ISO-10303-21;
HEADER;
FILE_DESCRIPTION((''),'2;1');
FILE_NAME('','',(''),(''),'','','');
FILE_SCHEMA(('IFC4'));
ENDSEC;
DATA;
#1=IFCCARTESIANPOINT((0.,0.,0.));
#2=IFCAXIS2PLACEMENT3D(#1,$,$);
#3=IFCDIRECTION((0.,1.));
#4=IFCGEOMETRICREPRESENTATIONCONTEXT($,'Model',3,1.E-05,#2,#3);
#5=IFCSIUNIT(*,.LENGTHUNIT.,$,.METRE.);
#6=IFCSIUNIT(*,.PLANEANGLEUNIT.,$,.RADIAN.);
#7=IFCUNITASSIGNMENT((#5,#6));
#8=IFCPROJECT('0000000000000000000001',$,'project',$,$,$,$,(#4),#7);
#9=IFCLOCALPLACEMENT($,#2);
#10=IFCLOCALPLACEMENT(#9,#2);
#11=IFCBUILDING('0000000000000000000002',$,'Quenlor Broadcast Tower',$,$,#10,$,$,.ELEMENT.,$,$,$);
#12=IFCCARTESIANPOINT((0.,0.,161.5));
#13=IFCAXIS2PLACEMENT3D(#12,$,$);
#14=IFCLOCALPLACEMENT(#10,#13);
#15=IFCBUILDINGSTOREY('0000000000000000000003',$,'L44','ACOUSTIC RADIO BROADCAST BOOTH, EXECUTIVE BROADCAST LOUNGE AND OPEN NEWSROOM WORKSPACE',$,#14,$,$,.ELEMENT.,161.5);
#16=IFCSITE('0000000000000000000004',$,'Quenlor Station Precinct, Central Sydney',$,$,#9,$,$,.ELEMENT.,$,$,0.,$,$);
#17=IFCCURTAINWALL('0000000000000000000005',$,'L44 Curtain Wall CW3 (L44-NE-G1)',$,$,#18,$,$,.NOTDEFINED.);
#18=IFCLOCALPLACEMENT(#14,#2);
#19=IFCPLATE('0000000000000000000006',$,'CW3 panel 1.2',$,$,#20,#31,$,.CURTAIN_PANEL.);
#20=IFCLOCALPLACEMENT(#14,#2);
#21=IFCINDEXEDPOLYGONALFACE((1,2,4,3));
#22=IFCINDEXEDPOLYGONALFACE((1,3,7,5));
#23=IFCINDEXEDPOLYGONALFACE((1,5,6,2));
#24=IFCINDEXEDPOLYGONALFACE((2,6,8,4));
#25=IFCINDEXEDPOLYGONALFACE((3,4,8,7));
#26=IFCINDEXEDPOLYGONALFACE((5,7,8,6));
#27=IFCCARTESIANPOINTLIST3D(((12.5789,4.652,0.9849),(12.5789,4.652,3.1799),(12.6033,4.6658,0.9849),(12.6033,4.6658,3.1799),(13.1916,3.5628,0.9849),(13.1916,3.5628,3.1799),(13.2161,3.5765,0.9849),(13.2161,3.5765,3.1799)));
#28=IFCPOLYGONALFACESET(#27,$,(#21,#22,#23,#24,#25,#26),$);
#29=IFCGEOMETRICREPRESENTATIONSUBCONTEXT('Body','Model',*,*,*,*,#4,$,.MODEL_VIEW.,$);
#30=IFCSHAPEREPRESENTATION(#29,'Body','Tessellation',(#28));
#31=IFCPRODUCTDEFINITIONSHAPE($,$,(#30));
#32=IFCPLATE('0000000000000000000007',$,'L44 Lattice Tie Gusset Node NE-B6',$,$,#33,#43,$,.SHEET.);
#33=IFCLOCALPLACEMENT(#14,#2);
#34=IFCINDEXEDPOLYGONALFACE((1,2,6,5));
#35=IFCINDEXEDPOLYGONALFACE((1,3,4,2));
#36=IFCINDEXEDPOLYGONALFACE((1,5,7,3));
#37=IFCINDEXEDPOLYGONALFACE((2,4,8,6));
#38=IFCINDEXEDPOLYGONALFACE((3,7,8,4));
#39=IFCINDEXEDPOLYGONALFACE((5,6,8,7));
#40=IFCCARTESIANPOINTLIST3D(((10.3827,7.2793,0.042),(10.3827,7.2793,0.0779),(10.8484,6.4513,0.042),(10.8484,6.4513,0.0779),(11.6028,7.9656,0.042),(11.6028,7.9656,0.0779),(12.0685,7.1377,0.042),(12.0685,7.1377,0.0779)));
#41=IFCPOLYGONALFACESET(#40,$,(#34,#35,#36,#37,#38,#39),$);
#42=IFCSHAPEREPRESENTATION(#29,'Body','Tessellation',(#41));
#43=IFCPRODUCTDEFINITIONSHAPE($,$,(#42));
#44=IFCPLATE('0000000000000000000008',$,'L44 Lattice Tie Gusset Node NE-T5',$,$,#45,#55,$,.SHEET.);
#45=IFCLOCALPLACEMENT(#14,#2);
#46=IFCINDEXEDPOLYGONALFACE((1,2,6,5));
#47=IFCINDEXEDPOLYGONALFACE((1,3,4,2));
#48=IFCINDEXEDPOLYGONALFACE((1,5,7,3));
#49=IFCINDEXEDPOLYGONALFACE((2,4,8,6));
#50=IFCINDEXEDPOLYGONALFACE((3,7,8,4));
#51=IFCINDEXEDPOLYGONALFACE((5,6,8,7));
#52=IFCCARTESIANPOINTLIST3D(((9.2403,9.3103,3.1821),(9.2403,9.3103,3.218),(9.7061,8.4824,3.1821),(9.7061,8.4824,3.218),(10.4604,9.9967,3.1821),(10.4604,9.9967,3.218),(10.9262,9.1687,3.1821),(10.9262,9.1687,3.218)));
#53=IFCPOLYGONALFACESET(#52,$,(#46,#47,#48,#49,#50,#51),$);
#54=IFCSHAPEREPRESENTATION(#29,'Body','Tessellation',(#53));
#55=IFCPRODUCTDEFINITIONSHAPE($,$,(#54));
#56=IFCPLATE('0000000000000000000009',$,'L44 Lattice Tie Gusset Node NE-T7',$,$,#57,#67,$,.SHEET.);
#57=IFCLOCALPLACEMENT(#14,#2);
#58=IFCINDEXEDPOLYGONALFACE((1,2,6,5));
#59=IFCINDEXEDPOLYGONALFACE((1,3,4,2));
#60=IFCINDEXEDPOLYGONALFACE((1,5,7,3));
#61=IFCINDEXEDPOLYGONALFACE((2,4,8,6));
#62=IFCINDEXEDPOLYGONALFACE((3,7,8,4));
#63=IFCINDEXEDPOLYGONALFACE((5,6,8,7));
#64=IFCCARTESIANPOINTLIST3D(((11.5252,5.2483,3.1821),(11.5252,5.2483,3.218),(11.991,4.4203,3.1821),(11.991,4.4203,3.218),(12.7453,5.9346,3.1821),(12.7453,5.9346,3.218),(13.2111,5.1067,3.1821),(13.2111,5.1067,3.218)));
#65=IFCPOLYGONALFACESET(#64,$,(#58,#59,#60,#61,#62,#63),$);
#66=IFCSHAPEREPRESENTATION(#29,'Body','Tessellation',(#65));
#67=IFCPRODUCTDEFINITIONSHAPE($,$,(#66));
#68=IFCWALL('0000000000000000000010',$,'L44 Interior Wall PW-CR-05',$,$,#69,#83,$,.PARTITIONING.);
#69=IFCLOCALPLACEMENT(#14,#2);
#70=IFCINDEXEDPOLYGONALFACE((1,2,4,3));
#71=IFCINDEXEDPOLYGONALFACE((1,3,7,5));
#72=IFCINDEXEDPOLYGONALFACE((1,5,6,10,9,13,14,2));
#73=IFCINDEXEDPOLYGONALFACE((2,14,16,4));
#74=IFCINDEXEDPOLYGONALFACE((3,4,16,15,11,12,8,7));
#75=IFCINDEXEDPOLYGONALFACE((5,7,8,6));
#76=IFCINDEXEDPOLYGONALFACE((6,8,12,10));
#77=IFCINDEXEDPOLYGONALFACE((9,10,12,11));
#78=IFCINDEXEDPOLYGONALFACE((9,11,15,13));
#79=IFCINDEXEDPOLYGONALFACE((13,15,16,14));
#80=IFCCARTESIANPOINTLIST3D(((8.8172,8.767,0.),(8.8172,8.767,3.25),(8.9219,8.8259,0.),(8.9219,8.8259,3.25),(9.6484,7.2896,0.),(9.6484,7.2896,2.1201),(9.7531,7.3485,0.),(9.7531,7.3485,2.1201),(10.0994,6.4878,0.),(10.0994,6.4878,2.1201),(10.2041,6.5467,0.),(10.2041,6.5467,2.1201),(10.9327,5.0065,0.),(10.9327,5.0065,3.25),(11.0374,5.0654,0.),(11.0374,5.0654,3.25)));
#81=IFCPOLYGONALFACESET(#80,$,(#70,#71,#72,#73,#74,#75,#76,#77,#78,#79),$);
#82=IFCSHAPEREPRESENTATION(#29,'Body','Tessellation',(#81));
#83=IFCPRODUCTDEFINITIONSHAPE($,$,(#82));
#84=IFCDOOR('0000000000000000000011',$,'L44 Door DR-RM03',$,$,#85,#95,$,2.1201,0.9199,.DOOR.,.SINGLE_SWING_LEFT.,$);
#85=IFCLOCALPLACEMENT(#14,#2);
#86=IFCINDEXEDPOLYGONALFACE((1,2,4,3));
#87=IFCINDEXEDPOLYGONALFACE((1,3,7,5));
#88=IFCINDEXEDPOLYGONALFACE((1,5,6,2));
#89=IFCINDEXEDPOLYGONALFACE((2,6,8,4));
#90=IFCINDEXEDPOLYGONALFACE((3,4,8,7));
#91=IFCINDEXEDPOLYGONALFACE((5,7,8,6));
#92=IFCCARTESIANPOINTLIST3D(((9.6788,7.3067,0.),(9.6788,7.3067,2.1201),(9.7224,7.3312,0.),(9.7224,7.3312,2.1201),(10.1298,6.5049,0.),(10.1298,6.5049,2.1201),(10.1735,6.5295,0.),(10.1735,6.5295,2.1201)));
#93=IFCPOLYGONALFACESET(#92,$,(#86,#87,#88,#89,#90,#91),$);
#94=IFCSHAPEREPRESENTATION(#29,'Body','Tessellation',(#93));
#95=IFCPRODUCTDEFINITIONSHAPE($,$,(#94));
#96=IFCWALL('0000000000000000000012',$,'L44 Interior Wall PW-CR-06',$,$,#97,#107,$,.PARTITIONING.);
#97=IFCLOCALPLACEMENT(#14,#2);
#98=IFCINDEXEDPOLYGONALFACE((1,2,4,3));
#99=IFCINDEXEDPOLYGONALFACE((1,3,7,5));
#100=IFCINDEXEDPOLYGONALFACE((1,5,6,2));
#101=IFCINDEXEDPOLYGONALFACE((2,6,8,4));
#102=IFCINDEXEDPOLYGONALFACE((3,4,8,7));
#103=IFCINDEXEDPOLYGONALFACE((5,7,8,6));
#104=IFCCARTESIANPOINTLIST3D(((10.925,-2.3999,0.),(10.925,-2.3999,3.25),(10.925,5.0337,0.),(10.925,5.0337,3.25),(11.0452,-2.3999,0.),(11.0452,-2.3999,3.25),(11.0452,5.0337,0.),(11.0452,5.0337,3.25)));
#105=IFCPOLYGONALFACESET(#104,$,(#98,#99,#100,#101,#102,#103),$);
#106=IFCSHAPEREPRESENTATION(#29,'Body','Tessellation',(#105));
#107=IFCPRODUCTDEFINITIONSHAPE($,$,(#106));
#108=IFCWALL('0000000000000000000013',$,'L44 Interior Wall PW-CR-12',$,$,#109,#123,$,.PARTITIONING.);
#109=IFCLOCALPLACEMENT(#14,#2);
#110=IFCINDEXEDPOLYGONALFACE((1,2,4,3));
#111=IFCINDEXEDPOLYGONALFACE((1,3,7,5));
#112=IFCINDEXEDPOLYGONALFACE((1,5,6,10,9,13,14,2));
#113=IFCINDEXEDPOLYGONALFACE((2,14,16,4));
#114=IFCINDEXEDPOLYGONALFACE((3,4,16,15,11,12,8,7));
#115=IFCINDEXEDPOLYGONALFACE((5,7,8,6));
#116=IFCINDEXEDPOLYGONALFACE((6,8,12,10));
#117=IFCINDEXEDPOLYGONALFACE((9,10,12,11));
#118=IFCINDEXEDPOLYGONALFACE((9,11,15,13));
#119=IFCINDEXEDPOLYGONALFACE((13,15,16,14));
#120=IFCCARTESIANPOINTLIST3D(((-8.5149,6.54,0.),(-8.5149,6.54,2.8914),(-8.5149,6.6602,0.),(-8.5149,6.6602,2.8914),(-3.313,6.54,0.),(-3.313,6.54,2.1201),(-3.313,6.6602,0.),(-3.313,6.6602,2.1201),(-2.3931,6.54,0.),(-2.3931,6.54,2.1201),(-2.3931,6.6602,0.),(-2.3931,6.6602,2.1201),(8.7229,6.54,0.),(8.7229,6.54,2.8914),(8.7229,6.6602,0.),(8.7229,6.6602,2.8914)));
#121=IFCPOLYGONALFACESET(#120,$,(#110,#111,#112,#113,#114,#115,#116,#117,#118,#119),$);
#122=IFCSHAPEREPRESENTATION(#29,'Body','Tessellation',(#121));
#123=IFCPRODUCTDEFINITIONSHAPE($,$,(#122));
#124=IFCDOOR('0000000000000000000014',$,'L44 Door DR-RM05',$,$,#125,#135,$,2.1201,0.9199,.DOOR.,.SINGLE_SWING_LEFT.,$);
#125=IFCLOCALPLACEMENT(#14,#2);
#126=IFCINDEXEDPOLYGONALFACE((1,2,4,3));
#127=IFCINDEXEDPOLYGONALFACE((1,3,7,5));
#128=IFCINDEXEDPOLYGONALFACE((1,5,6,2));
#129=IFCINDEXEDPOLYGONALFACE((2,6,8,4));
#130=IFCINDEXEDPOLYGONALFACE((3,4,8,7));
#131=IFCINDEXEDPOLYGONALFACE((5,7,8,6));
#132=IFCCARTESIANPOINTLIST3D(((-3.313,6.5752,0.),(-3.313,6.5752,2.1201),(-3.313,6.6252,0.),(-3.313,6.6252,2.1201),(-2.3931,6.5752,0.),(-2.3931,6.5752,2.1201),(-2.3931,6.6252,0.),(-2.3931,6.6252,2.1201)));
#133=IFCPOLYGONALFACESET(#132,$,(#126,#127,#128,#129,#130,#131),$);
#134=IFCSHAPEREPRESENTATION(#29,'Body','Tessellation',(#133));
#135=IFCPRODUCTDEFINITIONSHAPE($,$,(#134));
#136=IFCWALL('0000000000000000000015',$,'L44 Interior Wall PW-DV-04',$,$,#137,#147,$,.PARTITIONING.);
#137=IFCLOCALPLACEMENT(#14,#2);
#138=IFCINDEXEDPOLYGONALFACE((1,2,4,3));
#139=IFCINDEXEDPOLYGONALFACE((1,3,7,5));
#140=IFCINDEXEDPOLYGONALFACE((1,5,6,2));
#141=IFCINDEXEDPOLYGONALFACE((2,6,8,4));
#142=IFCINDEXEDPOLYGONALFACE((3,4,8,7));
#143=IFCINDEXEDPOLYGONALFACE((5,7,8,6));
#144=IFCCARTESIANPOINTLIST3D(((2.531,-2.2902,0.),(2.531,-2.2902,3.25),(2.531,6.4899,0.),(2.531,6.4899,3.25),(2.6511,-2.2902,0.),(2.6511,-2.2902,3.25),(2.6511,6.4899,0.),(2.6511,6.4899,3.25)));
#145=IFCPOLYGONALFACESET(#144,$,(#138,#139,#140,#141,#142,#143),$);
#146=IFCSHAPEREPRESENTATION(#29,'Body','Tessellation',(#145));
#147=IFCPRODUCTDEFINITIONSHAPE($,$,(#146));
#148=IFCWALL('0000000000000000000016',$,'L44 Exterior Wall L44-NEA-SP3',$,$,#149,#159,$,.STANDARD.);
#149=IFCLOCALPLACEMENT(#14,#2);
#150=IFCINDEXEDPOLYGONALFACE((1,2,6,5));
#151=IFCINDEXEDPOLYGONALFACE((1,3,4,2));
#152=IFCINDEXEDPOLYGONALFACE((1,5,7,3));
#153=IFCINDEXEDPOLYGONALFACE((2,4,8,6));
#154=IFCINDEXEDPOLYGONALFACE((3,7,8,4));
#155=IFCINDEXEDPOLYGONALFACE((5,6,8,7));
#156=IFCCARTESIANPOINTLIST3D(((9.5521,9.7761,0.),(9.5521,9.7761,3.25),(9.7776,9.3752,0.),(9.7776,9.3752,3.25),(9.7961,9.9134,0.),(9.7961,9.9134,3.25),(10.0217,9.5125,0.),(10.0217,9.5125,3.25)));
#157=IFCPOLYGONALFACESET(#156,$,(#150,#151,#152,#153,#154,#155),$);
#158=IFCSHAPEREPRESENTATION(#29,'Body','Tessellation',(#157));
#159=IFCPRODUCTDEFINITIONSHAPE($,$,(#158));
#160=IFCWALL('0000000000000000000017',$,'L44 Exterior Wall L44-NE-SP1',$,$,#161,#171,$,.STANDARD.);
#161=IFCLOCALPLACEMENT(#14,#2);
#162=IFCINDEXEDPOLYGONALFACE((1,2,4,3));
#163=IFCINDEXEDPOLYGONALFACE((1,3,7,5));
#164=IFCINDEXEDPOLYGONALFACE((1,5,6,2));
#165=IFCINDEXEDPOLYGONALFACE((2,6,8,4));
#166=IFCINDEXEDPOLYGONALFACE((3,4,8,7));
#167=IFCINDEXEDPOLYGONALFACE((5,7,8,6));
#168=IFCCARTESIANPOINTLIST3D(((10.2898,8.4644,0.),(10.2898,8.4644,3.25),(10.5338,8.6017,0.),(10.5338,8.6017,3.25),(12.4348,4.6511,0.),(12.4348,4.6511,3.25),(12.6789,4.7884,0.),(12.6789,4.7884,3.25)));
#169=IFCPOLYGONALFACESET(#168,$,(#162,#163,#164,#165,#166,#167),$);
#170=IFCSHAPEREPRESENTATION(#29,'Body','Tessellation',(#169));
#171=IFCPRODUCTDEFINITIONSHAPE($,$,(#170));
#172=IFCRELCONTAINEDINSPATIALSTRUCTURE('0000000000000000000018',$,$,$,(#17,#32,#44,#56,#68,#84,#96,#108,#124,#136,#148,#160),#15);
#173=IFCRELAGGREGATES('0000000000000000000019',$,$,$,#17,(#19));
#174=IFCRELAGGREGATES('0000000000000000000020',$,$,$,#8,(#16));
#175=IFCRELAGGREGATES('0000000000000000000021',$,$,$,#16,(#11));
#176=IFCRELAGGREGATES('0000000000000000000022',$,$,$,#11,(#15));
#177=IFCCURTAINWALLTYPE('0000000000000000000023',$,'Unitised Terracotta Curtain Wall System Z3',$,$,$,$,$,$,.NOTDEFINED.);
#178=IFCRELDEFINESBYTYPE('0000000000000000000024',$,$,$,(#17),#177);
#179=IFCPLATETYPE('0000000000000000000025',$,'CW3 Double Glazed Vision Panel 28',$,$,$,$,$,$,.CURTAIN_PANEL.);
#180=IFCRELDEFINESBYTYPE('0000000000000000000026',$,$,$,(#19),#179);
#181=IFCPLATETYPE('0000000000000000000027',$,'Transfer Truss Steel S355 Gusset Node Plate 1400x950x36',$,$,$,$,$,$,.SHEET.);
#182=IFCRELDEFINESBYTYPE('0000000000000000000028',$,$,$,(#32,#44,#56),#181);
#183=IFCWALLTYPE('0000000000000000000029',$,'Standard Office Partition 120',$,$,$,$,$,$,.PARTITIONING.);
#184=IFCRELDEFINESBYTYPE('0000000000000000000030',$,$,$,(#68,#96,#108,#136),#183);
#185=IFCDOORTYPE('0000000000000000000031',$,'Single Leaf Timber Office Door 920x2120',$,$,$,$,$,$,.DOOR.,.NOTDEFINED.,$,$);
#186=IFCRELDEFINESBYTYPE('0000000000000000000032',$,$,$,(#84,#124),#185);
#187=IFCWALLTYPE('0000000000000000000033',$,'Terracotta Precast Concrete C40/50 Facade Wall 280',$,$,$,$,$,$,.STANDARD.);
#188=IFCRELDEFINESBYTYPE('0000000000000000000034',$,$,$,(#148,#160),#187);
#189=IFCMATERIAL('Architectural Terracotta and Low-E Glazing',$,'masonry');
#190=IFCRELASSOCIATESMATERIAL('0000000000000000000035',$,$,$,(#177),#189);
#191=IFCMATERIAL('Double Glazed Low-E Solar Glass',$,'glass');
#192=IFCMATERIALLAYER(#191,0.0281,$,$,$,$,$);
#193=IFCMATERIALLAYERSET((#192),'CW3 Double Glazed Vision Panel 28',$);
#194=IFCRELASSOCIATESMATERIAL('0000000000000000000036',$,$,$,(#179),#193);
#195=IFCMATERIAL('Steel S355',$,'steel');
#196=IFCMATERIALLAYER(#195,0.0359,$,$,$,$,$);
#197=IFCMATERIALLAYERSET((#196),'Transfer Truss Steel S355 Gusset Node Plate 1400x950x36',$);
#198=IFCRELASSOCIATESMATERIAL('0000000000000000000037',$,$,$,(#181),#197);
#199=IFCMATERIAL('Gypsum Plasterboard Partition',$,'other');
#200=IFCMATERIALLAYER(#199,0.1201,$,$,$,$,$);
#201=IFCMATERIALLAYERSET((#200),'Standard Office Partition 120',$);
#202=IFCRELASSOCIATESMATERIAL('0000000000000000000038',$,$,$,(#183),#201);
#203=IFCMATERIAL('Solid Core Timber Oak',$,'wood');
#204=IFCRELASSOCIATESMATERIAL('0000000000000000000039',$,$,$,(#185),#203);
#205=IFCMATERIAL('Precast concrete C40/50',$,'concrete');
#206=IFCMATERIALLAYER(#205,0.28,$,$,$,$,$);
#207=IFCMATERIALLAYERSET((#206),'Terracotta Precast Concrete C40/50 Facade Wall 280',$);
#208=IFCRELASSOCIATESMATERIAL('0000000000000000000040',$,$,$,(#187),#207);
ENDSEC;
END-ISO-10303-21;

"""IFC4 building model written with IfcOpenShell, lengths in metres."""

from ifc_helpers import new_model, si_unit, direction, frame, frame_2d, origin, origin_2d, place, context, subcontext, project, spatial, rectangle, extrude, material, layer, layer_set, type_object, element, fill, aggregate, save


model = new_model("IFC4")

# Units and contexts
model_context = context("Model", 3, precision=1e-05, world=origin(), true_north=direction((0.0, 1.0)))
body_context = subcontext(model_context, "Body", "Model", "MODEL_VIEW")
ifc_project = project(units=[si_unit("LENGTHUNIT", "METRE"), si_unit("PLANEANGLEUNIT", "RADIAN")], contexts=[model_context])

# Site, building, storey
site_placement = place(None, origin())
site = spatial("IfcSite", under=ifc_project, at=site_placement, Name="Quenlor Station Precinct, Central Sydney", CompositionType="ELEMENT", RefElevation=0.0)
building_placement = place(site_placement, origin())
building = spatial("IfcBuilding", under=site, at=building_placement, Name="Quenlor Broadcast Tower", CompositionType="ELEMENT")
storey_placement = place(building_placement, frame((0.0, 0.0, 161.5)))
storey = spatial("IfcBuildingStorey", under=building, at=storey_placement, Name="L44", Description="ACOUSTIC RADIO BROADCAST BOOTH, EXECUTIVE BROADCAST LOUNGE AND OPEN NEWSROOM WORKSPACE", CompositionType="ELEMENT", Elevation=161.5)

# Shared definitions
ifc_material_1 = material(Name="Architectural Terracotta and Low-E Glazing", Category="masonry")
curtain_wall_type = type_object("IfcCurtainWallType", Name="Unitised Terracotta Curtain Wall System Z3", PredefinedType="NOTDEFINED", material=ifc_material_1)

# Curtain wall
curtain_wall_1_placement = place(storey_placement, origin())
curtain_wall_1 = element("IfcCurtainWall", 1, at=curtain_wall_1_placement, inside=storey, type_object=curtain_wall_type, Name="L44 Curtain Wall CW3 (L44-NE-G1)", PredefinedType="NOTDEFINED")

# Plate
ifc_material_2 = material(Name="Double Glazed Low-E Solar Glass", Category="glass")
ifc_layer_1 = layer(ifc_material_2, 0.0281)
ifc_layer_set_1 = layer_set([ifc_layer_1], Name="CW3 Double Glazed Vision Panel 28")
plate_type_1 = type_object("IfcPlateType", Name="CW3 Double Glazed Vision Panel 28", PredefinedType="CURTAIN_PANEL", material=ifc_layer_set_1)
plate_1_placement = place(storey_placement, frame((12.8975, 4.1143, 0.9849), z_axis=(0.0, 0.0, 1.0), x_axis=(0.490285, -0.871562, 0.0)))
plate_1 = element("IfcPlate", 2, at=plate_1_placement, type_object=plate_type_1, Name="CW3 panel 1.2", PredefinedType="CURTAIN_PANEL", context=body_context, shape_type="SweptSolid", body=[
    extrude(rectangle(XDim=1.2498, YDim=0.0281, at=origin_2d()), origin(), (0.0, 0.0, 1.0), 2.1951),
])
aggregate(curtain_wall_1, [plate_1])

# Plates
ifc_material_3 = material(Name="Steel S355", Category="steel")
ifc_layer_2 = layer(ifc_material_3, 0.0359)
ifc_layer_set_2 = layer_set([ifc_layer_2], Name="Transfer Truss Steel S355 Gusset Node Plate 1400x950x36")
plate_type_2 = type_object("IfcPlateType", Name="Transfer Truss Steel S355 Gusset Node Plate 1400x950x36", PredefinedType="SHEET", material=ifc_layer_set_2)
for number, where, z_axis, x_axis, name in (
    (3, (11.2256, 7.2085, 0.042), (0.0, 0.0, 1.0), (0.871556, 0.490295, 0.0), "L44 Lattice Tie Gusset Node NE-B6"),
    (4, (10.0833, 9.2395, 3.1821), (0.0, 0.0, 1.0), (0.871556, 0.490295, 0.0), "L44 Lattice Tie Gusset Node NE-T5"),
    (5, (12.3682, 5.1775, 3.1821), (0.0, 0.0, 1.0), (0.871556, 0.490295, 0.0), "L44 Lattice Tie Gusset Node NE-T7"),
):
    element("IfcPlate", number, at=place(storey_placement, frame(where, z_axis=z_axis, x_axis=x_axis)), inside=storey, type_object=plate_type_2, Name=name, PredefinedType="SHEET", context=body_context, shape_type="SweptSolid", body=[
        extrude(rectangle(XDim=1.3999, YDim=0.95, at=origin_2d()), origin(), (0.0, 0.0, 1.0), 0.0359),
    ])

# Wall, opening, door
ifc_material_4 = material(Name="Gypsum Plasterboard Partition", Category="other")
ifc_layer_3 = layer(ifc_material_4, 0.1201)
ifc_layer_set_3 = layer_set([ifc_layer_3], Name="Standard Office Partition 120")
wall_type_1 = type_object("IfcWallType", Name="Standard Office Partition 120", PredefinedType="PARTITIONING", material=ifc_layer_set_3)
wall_1_placement = place(storey_placement, frame((8.8696, 8.7964, 0.0), z_axis=(0.0, 0.0, 1.0), x_axis=(0.490296, -0.871556, 0.0)))
wall_1 = element("IfcWall", 6, at=wall_1_placement, inside=storey, type_object=wall_type_1, Name="L44 Interior Wall PW-CR-05", PredefinedType="PARTITIONING", context=body_context, shape_type="SweptSolid", body=[
    extrude(rectangle(XDim=4.3147, YDim=0.1201, at=frame_2d((2.1572, 0.0))), origin(), (0.0, 0.0, 1.0), 3.25),
])
opening_1_placement = place(wall_1_placement, frame((1.6951, 0.0, 0.0)))
opening_1 = element("IfcOpeningElement", 7, at=opening_1_placement, cuts=wall_1, PredefinedType="OPENING", context=body_context, shape_type="SweptSolid", body=[
    extrude(rectangle(XDim=0.9199, YDim=2.1201, at=frame_2d((0.46, 1.0601))), frame((0.0, 0.0701, 0.0), z_axis=(0.0, -1.0, 0.0), x_axis=(1.0, 0.0, 0.0)), (0.0, 0.0, 1.0), 0.1401),
])
ifc_material_5 = material(Name="Solid Core Timber Oak", Category="wood")
door_type = type_object("IfcDoorType", Name="Single Leaf Timber Office Door 920x2120", OperationType="NOTDEFINED", PredefinedType="DOOR", material=ifc_material_5)
door_1_placement = place(opening_1_placement, origin())
door_1 = element("IfcDoor", 8, at=door_1_placement, inside=storey, type_object=door_type, Name="L44 Door DR-RM03", OperationType="SINGLE_SWING_LEFT", OverallHeight=2.1201, OverallWidth=0.9199, PredefinedType="DOOR", context=body_context, shape_type="SweptSolid", body=[
    extrude(rectangle(XDim=0.9199, YDim=2.1201, at=frame_2d((0.46, 1.0601))), frame((0.0, 0.0249, 0.0), z_axis=(0.0, -1.0, 0.0), x_axis=(1.0, 0.0, 0.0)), (0.0, 0.0, 1.0), 0.05),
])
fill(opening_1, door_1)

# Wall
wall_2_placement = place(storey_placement, frame((10.9851, 5.0337, 0.0), z_axis=(0.0, 0.0, 1.0), x_axis=(0.0, -1.0, 0.0)))
element("IfcWall", 9, at=wall_2_placement, inside=storey, type_object=wall_type_1, Name="L44 Interior Wall PW-CR-06", PredefinedType="PARTITIONING", context=body_context, shape_type="SweptSolid", body=[
    extrude(rectangle(XDim=7.4336, YDim=0.1201, at=frame_2d((3.7168, 0.0))), origin(), (0.0, 0.0, 1.0), 3.25),
])

# Wall, opening, door
wall_3_placement = place(storey_placement, frame((8.7229, 6.6001, 0.0), z_axis=(0.0, 0.0, 1.0), x_axis=(-1.0, 0.0, 0.0)))
wall_3 = element("IfcWall", 10, at=wall_3_placement, inside=storey, type_object=wall_type_1, Name="L44 Interior Wall PW-CR-12", PredefinedType="PARTITIONING", context=body_context, shape_type="SweptSolid", body=[
    extrude(rectangle(XDim=17.2378, YDim=0.1201, at=frame_2d((8.6189, 0.0))), origin(), (0.0, 0.0, 1.0), 2.8914),
])
opening_2_placement = place(wall_3_placement, frame((11.116, 0.0, 0.0)))
opening_2 = element("IfcOpeningElement", 11, at=opening_2_placement, cuts=wall_3, PredefinedType="OPENING", context=body_context, shape_type="SweptSolid", body=[
    extrude(rectangle(XDim=0.9199, YDim=2.1201, at=frame_2d((0.46, 1.0601))), frame((0.0, 0.0701, 0.0), z_axis=(0.0, -1.0, 0.0), x_axis=(1.0, 0.0, 0.0)), (0.0, 0.0, 1.0), 0.1401),
])
door_2_placement = place(opening_2_placement, origin())
door_2 = element("IfcDoor", 12, at=door_2_placement, inside=storey, type_object=door_type, Name="L44 Door DR-RM05", OperationType="SINGLE_SWING_LEFT", OverallHeight=2.1201, OverallWidth=0.9199, PredefinedType="DOOR", context=body_context, shape_type="SweptSolid", body=[
    extrude(rectangle(XDim=0.9199, YDim=2.1201, at=frame_2d((0.46, 1.0601))), frame((0.0, 0.0249, 0.0), z_axis=(0.0, -1.0, 0.0), x_axis=(1.0, 0.0, 0.0)), (0.0, 0.0, 1.0), 0.05),
])
fill(opening_2, door_2)

# Walls
wall_4_placement = place(storey_placement, frame((2.5911, 6.49, 0.0), z_axis=(0.0, 0.0, 1.0), x_axis=(0.0, -1.0, 0.0)))
element("IfcWall", 13, at=wall_4_placement, inside=storey, type_object=wall_type_1, Name="L44 Interior Wall PW-DV-04", PredefinedType="PARTITIONING", context=body_context, shape_type="SweptSolid", body=[
    extrude(rectangle(XDim=8.78, YDim=0.1201, at=frame_2d((4.3901, 0.0))), origin(), (0.0, 0.0, 1.0), 3.25),
])
ifc_material_6 = material(Name="Precast concrete C40/50", Category="concrete")
ifc_layer_4 = layer(ifc_material_6, 0.28)
ifc_layer_set_4 = layer_set([ifc_layer_4], Name="Terracotta Precast Concrete C40/50 Facade Wall 280")
wall_type_2 = type_object("IfcWallType", Name="Terracotta Precast Concrete C40/50 Facade Wall 280", PredefinedType="STANDARD", material=ifc_layer_set_4)
wall_5_placement = place(storey_placement, frame((9.6741, 9.8447, 0.0), z_axis=(0.0, 0.0, 1.0), x_axis=(0.490412, -0.87149, 0.0)))
element("IfcWall", 14, at=wall_5_placement, inside=storey, type_object=wall_type_2, Name="L44 Exterior Wall L44-NEA-SP3", PredefinedType="STANDARD", context=body_context, shape_type="SweptSolid", body=[
    extrude(rectangle(XDim=0.46, YDim=0.28, at=frame_2d((0.23, 0.0))), origin(), (0.0, 0.0, 1.0), 3.25),
])
wall_6_placement = place(storey_placement, frame((10.4119, 8.533, 0.0), z_axis=(0.0, 0.0, 1.0), x_axis=(0.490274, -0.871568, 0.0)))
element("IfcWall", 15, at=wall_6_placement, inside=storey, type_object=wall_type_2, Name="L44 Exterior Wall L44-NE-SP1", PredefinedType="STANDARD", context=body_context, shape_type="SweptSolid", body=[
    extrude(rectangle(XDim=4.3752, YDim=0.28, at=frame_2d((2.1875, 0.0))), origin(), (0.0, 0.0, 1.0), 3.25),
])

save(model, "model.ifc")
